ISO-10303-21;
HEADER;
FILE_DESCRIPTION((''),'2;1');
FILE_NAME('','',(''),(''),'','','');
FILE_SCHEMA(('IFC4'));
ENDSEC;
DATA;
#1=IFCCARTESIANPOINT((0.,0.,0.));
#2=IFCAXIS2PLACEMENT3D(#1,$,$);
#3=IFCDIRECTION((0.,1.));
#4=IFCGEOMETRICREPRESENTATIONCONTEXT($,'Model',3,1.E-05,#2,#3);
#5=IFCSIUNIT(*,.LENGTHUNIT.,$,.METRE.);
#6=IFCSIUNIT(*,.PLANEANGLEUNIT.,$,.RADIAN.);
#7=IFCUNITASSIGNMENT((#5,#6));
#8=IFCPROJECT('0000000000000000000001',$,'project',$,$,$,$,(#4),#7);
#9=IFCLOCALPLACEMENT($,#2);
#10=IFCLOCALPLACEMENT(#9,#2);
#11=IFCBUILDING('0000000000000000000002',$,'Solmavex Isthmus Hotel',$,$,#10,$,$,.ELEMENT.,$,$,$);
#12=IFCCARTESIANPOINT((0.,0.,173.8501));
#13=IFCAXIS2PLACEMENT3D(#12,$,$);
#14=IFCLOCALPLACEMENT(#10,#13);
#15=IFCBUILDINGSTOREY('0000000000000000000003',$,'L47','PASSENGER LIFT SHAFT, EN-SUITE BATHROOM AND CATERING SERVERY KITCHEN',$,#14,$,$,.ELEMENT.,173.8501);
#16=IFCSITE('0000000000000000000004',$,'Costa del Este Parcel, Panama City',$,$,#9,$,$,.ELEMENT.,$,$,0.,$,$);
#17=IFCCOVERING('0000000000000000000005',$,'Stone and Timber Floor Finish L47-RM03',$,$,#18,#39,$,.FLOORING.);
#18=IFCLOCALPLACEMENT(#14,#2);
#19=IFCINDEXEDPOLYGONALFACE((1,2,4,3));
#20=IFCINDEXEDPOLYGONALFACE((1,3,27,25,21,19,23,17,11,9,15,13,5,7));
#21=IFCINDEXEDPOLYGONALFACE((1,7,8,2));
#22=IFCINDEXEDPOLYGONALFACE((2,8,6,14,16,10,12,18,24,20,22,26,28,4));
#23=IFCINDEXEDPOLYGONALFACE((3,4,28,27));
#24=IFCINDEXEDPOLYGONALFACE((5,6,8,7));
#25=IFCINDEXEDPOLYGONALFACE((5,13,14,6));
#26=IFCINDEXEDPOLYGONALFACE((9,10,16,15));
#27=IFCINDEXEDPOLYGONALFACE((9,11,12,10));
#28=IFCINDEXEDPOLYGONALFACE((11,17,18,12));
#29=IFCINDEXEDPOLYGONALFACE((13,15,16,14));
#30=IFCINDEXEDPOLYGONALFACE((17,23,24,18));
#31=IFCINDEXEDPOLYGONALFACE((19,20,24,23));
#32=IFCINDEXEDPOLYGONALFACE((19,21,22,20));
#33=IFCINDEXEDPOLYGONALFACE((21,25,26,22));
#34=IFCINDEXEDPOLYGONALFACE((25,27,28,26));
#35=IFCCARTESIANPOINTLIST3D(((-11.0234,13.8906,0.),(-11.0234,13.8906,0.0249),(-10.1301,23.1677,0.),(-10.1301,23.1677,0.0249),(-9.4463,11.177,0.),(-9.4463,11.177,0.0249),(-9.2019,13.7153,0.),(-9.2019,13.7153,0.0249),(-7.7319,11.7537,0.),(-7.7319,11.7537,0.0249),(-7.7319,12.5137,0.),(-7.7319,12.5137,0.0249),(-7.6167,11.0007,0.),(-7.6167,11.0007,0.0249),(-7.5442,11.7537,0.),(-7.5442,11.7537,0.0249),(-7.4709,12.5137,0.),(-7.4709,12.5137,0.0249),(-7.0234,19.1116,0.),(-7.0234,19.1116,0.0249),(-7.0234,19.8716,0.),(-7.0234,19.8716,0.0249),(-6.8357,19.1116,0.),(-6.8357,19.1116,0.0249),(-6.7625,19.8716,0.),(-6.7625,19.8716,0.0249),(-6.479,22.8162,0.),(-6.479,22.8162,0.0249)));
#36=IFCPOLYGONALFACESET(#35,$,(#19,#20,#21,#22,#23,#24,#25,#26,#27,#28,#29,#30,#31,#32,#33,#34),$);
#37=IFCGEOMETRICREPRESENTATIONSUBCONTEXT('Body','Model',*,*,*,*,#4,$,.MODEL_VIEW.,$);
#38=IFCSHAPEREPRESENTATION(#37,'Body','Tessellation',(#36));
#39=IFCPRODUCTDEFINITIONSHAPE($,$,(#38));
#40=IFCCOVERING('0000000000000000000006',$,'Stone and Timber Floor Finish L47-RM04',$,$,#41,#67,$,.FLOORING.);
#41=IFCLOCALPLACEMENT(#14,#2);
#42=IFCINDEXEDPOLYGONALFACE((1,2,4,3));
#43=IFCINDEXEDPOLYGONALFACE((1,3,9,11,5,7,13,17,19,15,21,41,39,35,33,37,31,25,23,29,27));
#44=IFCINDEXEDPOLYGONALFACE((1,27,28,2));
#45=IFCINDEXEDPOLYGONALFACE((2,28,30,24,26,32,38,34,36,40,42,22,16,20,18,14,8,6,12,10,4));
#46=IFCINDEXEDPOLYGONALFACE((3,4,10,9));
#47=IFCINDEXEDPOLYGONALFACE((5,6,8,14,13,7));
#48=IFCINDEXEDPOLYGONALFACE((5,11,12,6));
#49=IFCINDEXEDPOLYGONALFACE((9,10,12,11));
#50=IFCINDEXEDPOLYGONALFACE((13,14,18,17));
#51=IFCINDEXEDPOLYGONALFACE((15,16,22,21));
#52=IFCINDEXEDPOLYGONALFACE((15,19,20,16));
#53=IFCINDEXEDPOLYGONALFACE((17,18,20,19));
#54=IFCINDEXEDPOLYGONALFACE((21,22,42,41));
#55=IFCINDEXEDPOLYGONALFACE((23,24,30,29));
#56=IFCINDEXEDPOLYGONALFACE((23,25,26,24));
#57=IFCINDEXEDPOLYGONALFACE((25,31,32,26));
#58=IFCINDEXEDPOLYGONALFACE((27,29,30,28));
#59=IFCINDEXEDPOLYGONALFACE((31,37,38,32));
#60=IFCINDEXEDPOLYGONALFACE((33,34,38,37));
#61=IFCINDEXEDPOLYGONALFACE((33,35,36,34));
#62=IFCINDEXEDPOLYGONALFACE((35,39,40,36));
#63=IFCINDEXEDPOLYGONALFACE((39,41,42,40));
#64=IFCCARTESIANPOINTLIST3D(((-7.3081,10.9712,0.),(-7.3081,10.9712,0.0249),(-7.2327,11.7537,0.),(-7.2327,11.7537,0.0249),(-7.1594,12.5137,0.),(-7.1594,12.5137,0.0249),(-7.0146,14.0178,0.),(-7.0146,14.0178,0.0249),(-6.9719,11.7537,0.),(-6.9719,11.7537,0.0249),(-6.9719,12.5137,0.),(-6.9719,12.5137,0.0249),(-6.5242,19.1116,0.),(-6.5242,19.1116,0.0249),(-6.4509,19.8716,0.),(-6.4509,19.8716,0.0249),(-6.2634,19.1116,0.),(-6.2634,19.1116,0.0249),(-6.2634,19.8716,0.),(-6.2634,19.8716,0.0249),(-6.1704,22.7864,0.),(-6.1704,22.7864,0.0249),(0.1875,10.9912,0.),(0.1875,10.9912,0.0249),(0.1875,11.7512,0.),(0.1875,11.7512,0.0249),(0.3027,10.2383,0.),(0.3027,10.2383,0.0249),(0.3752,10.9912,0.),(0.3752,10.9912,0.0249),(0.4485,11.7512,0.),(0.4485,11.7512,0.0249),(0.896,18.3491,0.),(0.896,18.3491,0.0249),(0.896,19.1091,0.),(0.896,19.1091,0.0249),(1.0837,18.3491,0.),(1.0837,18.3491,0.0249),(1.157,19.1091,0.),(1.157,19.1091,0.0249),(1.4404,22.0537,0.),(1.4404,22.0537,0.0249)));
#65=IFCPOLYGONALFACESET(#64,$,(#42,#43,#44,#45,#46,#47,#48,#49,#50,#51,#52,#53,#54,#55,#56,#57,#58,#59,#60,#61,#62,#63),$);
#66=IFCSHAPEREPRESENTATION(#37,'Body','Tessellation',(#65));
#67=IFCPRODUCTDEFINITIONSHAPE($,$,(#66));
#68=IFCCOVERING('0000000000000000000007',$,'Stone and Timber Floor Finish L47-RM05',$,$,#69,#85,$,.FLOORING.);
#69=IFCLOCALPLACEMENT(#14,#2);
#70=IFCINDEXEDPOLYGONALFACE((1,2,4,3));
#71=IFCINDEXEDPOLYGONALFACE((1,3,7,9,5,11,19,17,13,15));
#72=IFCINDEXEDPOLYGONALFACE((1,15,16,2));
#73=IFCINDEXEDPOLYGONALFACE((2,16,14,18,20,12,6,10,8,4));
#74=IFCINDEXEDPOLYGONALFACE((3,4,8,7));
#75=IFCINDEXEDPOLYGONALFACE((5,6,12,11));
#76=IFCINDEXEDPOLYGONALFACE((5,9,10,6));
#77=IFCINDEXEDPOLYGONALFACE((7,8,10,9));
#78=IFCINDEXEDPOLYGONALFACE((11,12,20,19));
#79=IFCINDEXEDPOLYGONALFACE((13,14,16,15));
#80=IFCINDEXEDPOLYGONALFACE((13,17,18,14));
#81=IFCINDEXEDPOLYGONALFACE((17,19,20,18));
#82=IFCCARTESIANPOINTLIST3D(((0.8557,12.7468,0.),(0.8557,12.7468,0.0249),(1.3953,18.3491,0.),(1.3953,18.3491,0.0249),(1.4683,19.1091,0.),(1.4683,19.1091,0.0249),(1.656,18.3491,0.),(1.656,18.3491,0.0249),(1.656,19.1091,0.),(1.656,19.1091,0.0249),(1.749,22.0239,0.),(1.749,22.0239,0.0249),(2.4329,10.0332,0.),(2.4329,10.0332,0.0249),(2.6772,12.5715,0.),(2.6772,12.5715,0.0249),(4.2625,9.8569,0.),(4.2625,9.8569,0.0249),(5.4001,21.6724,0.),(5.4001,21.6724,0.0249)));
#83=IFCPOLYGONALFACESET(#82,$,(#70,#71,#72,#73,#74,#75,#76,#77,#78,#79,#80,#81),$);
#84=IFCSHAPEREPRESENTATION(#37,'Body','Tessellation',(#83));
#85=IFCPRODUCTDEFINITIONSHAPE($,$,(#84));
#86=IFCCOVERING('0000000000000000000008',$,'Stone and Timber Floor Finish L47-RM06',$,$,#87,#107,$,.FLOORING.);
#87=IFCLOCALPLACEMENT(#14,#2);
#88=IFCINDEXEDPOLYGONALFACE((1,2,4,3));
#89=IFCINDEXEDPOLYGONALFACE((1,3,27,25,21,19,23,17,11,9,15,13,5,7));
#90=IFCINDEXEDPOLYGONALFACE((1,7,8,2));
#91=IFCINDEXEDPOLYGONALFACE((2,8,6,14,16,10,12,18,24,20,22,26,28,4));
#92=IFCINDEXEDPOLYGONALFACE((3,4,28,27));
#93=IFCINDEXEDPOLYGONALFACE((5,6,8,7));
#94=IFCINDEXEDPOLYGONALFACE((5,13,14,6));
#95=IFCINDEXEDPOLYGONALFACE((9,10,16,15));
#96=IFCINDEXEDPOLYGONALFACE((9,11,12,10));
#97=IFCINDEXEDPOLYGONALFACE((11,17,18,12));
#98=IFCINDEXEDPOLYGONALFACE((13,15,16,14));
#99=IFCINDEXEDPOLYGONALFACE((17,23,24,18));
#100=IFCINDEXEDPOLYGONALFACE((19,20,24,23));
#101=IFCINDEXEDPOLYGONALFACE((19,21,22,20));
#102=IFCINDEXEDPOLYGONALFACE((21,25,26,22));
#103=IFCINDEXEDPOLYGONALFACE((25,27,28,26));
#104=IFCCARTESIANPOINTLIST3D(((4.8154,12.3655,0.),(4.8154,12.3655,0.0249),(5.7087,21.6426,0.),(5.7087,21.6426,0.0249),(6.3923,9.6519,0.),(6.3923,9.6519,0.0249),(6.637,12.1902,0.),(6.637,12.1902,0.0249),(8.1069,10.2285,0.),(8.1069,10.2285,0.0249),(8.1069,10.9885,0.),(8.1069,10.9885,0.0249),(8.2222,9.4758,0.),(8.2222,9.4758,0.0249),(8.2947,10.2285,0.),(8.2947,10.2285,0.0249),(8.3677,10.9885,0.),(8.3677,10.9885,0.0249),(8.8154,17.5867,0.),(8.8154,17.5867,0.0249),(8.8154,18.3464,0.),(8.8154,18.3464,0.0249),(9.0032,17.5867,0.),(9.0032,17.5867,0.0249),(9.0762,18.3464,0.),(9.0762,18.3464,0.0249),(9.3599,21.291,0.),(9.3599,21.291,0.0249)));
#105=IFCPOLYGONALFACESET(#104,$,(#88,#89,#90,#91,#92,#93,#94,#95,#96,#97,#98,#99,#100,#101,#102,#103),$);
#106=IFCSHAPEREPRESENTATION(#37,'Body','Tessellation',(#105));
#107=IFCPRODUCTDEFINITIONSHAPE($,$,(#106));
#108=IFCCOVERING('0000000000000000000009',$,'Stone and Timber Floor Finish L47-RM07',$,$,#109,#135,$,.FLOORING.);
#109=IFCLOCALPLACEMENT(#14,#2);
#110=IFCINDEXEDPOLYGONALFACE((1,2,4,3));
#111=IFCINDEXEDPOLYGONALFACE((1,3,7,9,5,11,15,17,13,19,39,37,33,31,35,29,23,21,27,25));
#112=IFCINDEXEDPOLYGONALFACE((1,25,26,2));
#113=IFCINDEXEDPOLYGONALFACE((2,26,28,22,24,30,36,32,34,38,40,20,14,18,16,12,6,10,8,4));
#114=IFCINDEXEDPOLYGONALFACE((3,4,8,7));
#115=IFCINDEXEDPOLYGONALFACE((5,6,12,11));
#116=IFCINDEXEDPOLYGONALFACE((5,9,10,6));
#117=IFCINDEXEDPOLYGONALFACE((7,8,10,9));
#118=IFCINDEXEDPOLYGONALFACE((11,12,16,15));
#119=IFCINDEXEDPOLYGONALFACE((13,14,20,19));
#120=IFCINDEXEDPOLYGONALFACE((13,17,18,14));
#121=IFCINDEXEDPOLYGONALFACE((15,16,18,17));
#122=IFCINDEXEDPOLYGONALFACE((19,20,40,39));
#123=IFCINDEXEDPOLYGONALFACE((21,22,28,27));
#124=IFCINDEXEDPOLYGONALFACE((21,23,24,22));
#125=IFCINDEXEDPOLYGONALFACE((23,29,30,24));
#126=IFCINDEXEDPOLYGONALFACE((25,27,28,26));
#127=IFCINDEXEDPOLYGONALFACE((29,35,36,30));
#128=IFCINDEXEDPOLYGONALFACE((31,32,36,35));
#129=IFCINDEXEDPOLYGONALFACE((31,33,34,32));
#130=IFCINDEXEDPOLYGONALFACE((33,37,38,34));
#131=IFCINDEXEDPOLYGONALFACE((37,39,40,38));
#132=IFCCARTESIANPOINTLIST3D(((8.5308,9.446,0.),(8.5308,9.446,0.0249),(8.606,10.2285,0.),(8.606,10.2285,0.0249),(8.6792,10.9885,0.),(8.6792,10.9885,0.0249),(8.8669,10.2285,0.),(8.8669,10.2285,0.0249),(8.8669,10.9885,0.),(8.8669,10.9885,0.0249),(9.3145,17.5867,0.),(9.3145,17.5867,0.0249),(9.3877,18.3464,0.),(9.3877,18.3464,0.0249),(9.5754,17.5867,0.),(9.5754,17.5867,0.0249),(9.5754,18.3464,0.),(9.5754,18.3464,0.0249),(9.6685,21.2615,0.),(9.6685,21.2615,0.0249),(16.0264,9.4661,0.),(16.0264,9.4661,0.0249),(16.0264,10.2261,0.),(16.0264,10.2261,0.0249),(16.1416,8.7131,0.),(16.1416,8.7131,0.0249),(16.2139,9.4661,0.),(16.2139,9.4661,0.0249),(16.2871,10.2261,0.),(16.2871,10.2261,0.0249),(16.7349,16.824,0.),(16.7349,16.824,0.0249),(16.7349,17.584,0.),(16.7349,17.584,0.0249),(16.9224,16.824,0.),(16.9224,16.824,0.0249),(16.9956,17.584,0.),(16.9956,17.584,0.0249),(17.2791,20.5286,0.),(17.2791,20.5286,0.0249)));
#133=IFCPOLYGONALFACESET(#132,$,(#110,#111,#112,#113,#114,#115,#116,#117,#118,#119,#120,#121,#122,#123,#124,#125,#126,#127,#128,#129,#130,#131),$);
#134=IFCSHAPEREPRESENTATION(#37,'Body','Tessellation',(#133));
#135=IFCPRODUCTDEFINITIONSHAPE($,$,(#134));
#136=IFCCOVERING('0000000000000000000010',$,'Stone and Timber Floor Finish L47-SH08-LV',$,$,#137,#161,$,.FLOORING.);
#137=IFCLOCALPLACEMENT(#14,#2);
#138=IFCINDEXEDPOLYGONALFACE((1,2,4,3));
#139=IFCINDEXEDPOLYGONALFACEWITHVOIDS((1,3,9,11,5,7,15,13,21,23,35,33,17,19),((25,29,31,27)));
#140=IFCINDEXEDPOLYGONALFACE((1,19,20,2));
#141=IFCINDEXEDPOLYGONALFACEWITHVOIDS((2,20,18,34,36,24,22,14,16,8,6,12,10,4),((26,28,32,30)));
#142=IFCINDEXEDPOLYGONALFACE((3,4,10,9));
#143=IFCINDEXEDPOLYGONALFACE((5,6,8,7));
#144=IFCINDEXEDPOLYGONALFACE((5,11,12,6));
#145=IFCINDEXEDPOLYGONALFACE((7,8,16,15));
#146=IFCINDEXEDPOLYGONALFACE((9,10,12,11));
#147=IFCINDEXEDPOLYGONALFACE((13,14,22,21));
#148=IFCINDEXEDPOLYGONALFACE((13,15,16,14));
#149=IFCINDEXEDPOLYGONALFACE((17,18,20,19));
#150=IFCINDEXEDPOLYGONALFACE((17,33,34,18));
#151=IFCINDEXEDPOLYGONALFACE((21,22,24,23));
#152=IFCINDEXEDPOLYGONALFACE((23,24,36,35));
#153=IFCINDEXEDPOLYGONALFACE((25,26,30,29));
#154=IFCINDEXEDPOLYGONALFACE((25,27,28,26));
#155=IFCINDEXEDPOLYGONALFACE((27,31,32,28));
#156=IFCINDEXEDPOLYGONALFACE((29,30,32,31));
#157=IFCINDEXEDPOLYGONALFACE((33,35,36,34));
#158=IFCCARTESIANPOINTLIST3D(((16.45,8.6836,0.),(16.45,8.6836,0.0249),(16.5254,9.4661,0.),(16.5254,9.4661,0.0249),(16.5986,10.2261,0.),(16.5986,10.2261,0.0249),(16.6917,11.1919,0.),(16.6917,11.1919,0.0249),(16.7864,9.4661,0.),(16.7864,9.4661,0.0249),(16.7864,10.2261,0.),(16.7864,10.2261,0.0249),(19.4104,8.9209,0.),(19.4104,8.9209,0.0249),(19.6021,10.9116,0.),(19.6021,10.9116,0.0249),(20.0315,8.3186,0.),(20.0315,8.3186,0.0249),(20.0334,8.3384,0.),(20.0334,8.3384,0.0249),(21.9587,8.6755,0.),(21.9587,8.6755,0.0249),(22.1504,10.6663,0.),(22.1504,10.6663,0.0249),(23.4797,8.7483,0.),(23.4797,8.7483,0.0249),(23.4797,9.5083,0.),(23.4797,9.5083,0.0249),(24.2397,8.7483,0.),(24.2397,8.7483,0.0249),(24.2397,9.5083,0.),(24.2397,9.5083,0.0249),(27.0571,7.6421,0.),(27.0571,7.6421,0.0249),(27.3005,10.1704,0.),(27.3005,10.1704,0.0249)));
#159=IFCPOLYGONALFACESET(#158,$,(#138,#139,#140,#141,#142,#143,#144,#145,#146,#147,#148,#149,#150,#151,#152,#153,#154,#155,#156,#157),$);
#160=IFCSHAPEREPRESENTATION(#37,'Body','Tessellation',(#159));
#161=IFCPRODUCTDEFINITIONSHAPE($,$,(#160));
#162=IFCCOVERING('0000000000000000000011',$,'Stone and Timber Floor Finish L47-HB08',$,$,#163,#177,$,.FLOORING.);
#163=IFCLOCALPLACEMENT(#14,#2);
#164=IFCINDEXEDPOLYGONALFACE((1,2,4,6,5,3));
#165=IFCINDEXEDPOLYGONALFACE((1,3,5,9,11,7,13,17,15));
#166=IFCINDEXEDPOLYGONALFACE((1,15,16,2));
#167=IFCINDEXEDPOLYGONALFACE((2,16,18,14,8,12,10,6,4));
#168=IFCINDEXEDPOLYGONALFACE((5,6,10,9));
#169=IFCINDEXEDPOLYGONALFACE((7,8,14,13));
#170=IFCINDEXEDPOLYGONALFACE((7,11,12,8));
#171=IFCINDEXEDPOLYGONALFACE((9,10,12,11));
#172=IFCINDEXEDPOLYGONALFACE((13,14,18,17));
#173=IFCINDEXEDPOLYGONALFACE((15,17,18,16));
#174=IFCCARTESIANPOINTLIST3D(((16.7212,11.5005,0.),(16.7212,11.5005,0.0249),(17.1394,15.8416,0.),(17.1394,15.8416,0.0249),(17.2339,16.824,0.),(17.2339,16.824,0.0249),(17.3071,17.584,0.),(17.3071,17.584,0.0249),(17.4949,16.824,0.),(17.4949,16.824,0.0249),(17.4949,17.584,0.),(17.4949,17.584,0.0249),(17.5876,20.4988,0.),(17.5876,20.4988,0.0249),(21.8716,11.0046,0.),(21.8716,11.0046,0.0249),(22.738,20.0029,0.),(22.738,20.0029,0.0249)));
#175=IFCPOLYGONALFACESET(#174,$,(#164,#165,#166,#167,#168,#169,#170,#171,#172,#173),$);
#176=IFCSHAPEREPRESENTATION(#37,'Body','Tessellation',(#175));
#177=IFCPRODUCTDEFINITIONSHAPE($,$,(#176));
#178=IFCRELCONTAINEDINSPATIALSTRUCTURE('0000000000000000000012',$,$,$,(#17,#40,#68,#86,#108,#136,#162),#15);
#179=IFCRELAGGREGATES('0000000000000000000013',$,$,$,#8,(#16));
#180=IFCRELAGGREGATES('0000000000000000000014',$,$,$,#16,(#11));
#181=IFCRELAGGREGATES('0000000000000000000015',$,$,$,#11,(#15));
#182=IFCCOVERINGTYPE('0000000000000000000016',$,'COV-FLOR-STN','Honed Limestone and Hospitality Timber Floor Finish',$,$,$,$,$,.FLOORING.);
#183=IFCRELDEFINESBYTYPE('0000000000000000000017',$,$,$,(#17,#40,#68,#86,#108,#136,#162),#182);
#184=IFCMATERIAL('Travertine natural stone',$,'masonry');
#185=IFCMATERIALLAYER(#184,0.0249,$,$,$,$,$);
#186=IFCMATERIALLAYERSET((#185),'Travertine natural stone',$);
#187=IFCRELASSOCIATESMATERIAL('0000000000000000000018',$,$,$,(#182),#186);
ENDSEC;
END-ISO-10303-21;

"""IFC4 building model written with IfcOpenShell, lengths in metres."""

from ifc_helpers import new_model, si_unit, direction, frame, origin, place, context, subcontext, project, spatial, polyline, outline, extrude, material, layer, layer_set, type_object, element, save


model = new_model("IFC4")

# Units and contexts
model_context = context("Model", 3, precision=1e-05, world=origin(), true_north=direction((0.0, 1.0)))
body_context = subcontext(model_context, "Body", "Model", "MODEL_VIEW")
ifc_project = project(units=[si_unit("LENGTHUNIT", "METRE"), si_unit("PLANEANGLEUNIT", "RADIAN")], contexts=[model_context])

# Site, building, storey
site_placement = place(None, origin())
site = spatial("IfcSite", under=ifc_project, at=site_placement, Name="Costa del Este Parcel, Panama City", CompositionType="ELEMENT", RefElevation=0.0)
building_placement = place(site_placement, origin())
building = spatial("IfcBuilding", under=site, at=building_placement, Name="Solmavex Isthmus Hotel", CompositionType="ELEMENT")
storey_placement = place(building_placement, frame((0.0, 0.0, 173.8501)))
storey = spatial("IfcBuildingStorey", under=building, at=storey_placement, Name="L47", Description="PASSENGER LIFT SHAFT, EN-SUITE BATHROOM AND CATERING SERVERY KITCHEN", CompositionType="ELEMENT", Elevation=173.8501)

# Coverings
ifc_material_1 = material(Name="Travertine natural stone", Category="masonry")
ifc_layer_1 = layer(ifc_material_1, 0.0249)
ifc_layer_set_1 = layer_set([ifc_layer_1], Name="Travertine natural stone")
covering_type_1 = type_object("IfcCoveringType", Name="COV-FLOR-STN", Description="Honed Limestone and Hospitality Timber Floor Finish", PredefinedType="FLOORING", material=ifc_layer_set_1)
covering_1_placement = place(storey_placement, origin())
element("IfcCovering", 1, at=covering_1_placement, inside=storey, type_object=covering_type_1, Name="Stone and Timber Floor Finish L47-RM03", PredefinedType="FLOORING", context=body_context, shape_type="SweptSolid", body=[
    extrude(outline(polyline([(-6.8357, 19.1116), (-7.0234, 19.1116), (-7.0234, 19.8716), (-6.7625, 19.8716), (-6.479, 22.8162), (-10.1301, 23.1677), (-11.0234, 13.8906), (-9.2019, 13.7153), (-9.4463, 11.177), (-7.6167, 11.0007), (-7.5442, 11.7537), (-7.7319, 11.7537), (-7.7319, 12.5137), (-7.4709, 12.5137), (-6.8357, 19.1116)])), origin(), (0.0, 0.0, 1.0), 0.0249),
])
covering_2_placement = place(storey_placement, origin())
element("IfcCovering", 2, at=covering_2_placement, inside=storey, type_object=covering_type_1, Name="Stone and Timber Floor Finish L47-RM04", PredefinedType="FLOORING", context=body_context, shape_type="SweptSolid", body=[
    extrude(outline(polyline([(-7.1594, 12.5137), (-6.9719, 12.5137), (-6.9719, 11.7537), (-7.2327, 11.7537), (-7.3081, 10.9712), (0.3027, 10.2383), (0.3752, 10.9912), (0.1875, 10.9912), (0.1875, 11.7512), (0.4485, 11.7512), (1.0837, 18.3491), (0.896, 18.3491), (0.896, 19.1091), (1.157, 19.1091), (1.4404, 22.0537), (-6.1704, 22.7864), (-6.4509, 19.8716), (-6.2634, 19.8716), (-6.2634, 19.1116), (-6.5242, 19.1116), (-7.0146, 14.0178), (-7.1594, 12.5137)])), origin(), (0.0, 0.0, 1.0), 0.0249),
])
covering_3_placement = place(storey_placement, origin())
element("IfcCovering", 3, at=covering_3_placement, inside=storey, type_object=covering_type_1, Name="Stone and Timber Floor Finish L47-RM05", PredefinedType="FLOORING", context=body_context, shape_type="SweptSolid", body=[
    extrude(outline(polyline([(1.4683, 19.1091), (1.656, 19.1091), (1.656, 18.3491), (1.3953, 18.3491), (0.8557, 12.7468), (2.6772, 12.5715), (2.4329, 10.0332), (4.2625, 9.8569), (5.4001, 21.6724), (1.749, 22.0239), (1.4683, 19.1091)])), origin(), (0.0, 0.0, 1.0), 0.0249),
])
covering_4_placement = place(storey_placement, origin())
element("IfcCovering", 4, at=covering_4_placement, inside=storey, type_object=covering_type_1, Name="Stone and Timber Floor Finish L47-RM06", PredefinedType="FLOORING", context=body_context, shape_type="SweptSolid", body=[
    extrude(outline(polyline([(9.0032, 17.5867), (8.8154, 17.5867), (8.8154, 18.3464), (9.0762, 18.3464), (9.3599, 21.291), (5.7087, 21.6426), (4.8154, 12.3655), (6.637, 12.1902), (6.3923, 9.6519), (8.2222, 9.4758), (8.2947, 10.2285), (8.1069, 10.2285), (8.1069, 10.9885), (8.3677, 10.9885), (9.0032, 17.5867)])), origin(), (0.0, 0.0, 1.0), 0.0249),
])
covering_5_placement = place(storey_placement, origin())
element("IfcCovering", 5, at=covering_5_placement, inside=storey, type_object=covering_type_1, Name="Stone and Timber Floor Finish L47-RM07", PredefinedType="FLOORING", context=body_context, shape_type="SweptSolid", body=[
    extrude(outline(polyline([(8.6792, 10.9885), (8.8669, 10.9885), (8.8669, 10.2285), (8.606, 10.2285), (8.5308, 9.446), (16.1416, 8.7131), (16.2139, 9.4661), (16.0264, 9.4661), (16.0264, 10.2261), (16.2871, 10.2261), (16.9224, 16.824), (16.7349, 16.824), (16.7349, 17.584), (16.9956, 17.584), (17.2791, 20.5286), (9.6685, 21.2615), (9.3877, 18.3464), (9.5754, 18.3464), (9.5754, 17.5867), (9.3145, 17.5867), (8.6792, 10.9885)])), origin(), (0.0, 0.0, 1.0), 0.0249),
])
covering_6_placement = place(storey_placement, origin())
element("IfcCovering", 6, at=covering_6_placement, inside=storey, type_object=covering_type_1, Name="Stone and Timber Floor Finish L47-SH08-LV", PredefinedType="FLOORING", context=body_context, shape_type="SweptSolid", body=[
    extrude(outline(polyline([(16.5986, 10.2261), (16.7864, 10.2261), (16.7864, 9.4661), (16.5254, 9.4661), (16.45, 8.6836), (20.0334, 8.3384), (20.0315, 8.3186), (27.0571, 7.6421), (27.3005, 10.1704), (22.1504, 10.6663), (21.9587, 8.6755), (19.4104, 8.9209), (19.6021, 10.9116), (16.6917, 11.1919), (16.5986, 10.2261)]), holes=[polyline([(23.4797, 8.7483), (23.4797, 9.5083), (24.2397, 9.5083), (24.2397, 8.7483), (23.4797, 8.7483)])]), origin(), (0.0, 0.0, 1.0), 0.0249),
])
covering_7_placement = place(storey_placement, origin())
element("IfcCovering", 7, at=covering_7_placement, inside=storey, type_object=covering_type_1, Name="Stone and Timber Floor Finish L47-HB08", PredefinedType="FLOORING", context=body_context, shape_type="SweptSolid", body=[
    extrude(outline(polyline([(17.3071, 17.584), (17.4949, 17.584), (17.4949, 16.824), (17.2339, 16.824), (17.1394, 15.8416), (16.7212, 11.5005), (21.8716, 11.0046), (22.738, 20.0029), (17.5876, 20.4988), (17.3071, 17.584)])), origin(), (0.0, 0.0, 1.0), 0.0249),
])

save(model, "model.ifc")
